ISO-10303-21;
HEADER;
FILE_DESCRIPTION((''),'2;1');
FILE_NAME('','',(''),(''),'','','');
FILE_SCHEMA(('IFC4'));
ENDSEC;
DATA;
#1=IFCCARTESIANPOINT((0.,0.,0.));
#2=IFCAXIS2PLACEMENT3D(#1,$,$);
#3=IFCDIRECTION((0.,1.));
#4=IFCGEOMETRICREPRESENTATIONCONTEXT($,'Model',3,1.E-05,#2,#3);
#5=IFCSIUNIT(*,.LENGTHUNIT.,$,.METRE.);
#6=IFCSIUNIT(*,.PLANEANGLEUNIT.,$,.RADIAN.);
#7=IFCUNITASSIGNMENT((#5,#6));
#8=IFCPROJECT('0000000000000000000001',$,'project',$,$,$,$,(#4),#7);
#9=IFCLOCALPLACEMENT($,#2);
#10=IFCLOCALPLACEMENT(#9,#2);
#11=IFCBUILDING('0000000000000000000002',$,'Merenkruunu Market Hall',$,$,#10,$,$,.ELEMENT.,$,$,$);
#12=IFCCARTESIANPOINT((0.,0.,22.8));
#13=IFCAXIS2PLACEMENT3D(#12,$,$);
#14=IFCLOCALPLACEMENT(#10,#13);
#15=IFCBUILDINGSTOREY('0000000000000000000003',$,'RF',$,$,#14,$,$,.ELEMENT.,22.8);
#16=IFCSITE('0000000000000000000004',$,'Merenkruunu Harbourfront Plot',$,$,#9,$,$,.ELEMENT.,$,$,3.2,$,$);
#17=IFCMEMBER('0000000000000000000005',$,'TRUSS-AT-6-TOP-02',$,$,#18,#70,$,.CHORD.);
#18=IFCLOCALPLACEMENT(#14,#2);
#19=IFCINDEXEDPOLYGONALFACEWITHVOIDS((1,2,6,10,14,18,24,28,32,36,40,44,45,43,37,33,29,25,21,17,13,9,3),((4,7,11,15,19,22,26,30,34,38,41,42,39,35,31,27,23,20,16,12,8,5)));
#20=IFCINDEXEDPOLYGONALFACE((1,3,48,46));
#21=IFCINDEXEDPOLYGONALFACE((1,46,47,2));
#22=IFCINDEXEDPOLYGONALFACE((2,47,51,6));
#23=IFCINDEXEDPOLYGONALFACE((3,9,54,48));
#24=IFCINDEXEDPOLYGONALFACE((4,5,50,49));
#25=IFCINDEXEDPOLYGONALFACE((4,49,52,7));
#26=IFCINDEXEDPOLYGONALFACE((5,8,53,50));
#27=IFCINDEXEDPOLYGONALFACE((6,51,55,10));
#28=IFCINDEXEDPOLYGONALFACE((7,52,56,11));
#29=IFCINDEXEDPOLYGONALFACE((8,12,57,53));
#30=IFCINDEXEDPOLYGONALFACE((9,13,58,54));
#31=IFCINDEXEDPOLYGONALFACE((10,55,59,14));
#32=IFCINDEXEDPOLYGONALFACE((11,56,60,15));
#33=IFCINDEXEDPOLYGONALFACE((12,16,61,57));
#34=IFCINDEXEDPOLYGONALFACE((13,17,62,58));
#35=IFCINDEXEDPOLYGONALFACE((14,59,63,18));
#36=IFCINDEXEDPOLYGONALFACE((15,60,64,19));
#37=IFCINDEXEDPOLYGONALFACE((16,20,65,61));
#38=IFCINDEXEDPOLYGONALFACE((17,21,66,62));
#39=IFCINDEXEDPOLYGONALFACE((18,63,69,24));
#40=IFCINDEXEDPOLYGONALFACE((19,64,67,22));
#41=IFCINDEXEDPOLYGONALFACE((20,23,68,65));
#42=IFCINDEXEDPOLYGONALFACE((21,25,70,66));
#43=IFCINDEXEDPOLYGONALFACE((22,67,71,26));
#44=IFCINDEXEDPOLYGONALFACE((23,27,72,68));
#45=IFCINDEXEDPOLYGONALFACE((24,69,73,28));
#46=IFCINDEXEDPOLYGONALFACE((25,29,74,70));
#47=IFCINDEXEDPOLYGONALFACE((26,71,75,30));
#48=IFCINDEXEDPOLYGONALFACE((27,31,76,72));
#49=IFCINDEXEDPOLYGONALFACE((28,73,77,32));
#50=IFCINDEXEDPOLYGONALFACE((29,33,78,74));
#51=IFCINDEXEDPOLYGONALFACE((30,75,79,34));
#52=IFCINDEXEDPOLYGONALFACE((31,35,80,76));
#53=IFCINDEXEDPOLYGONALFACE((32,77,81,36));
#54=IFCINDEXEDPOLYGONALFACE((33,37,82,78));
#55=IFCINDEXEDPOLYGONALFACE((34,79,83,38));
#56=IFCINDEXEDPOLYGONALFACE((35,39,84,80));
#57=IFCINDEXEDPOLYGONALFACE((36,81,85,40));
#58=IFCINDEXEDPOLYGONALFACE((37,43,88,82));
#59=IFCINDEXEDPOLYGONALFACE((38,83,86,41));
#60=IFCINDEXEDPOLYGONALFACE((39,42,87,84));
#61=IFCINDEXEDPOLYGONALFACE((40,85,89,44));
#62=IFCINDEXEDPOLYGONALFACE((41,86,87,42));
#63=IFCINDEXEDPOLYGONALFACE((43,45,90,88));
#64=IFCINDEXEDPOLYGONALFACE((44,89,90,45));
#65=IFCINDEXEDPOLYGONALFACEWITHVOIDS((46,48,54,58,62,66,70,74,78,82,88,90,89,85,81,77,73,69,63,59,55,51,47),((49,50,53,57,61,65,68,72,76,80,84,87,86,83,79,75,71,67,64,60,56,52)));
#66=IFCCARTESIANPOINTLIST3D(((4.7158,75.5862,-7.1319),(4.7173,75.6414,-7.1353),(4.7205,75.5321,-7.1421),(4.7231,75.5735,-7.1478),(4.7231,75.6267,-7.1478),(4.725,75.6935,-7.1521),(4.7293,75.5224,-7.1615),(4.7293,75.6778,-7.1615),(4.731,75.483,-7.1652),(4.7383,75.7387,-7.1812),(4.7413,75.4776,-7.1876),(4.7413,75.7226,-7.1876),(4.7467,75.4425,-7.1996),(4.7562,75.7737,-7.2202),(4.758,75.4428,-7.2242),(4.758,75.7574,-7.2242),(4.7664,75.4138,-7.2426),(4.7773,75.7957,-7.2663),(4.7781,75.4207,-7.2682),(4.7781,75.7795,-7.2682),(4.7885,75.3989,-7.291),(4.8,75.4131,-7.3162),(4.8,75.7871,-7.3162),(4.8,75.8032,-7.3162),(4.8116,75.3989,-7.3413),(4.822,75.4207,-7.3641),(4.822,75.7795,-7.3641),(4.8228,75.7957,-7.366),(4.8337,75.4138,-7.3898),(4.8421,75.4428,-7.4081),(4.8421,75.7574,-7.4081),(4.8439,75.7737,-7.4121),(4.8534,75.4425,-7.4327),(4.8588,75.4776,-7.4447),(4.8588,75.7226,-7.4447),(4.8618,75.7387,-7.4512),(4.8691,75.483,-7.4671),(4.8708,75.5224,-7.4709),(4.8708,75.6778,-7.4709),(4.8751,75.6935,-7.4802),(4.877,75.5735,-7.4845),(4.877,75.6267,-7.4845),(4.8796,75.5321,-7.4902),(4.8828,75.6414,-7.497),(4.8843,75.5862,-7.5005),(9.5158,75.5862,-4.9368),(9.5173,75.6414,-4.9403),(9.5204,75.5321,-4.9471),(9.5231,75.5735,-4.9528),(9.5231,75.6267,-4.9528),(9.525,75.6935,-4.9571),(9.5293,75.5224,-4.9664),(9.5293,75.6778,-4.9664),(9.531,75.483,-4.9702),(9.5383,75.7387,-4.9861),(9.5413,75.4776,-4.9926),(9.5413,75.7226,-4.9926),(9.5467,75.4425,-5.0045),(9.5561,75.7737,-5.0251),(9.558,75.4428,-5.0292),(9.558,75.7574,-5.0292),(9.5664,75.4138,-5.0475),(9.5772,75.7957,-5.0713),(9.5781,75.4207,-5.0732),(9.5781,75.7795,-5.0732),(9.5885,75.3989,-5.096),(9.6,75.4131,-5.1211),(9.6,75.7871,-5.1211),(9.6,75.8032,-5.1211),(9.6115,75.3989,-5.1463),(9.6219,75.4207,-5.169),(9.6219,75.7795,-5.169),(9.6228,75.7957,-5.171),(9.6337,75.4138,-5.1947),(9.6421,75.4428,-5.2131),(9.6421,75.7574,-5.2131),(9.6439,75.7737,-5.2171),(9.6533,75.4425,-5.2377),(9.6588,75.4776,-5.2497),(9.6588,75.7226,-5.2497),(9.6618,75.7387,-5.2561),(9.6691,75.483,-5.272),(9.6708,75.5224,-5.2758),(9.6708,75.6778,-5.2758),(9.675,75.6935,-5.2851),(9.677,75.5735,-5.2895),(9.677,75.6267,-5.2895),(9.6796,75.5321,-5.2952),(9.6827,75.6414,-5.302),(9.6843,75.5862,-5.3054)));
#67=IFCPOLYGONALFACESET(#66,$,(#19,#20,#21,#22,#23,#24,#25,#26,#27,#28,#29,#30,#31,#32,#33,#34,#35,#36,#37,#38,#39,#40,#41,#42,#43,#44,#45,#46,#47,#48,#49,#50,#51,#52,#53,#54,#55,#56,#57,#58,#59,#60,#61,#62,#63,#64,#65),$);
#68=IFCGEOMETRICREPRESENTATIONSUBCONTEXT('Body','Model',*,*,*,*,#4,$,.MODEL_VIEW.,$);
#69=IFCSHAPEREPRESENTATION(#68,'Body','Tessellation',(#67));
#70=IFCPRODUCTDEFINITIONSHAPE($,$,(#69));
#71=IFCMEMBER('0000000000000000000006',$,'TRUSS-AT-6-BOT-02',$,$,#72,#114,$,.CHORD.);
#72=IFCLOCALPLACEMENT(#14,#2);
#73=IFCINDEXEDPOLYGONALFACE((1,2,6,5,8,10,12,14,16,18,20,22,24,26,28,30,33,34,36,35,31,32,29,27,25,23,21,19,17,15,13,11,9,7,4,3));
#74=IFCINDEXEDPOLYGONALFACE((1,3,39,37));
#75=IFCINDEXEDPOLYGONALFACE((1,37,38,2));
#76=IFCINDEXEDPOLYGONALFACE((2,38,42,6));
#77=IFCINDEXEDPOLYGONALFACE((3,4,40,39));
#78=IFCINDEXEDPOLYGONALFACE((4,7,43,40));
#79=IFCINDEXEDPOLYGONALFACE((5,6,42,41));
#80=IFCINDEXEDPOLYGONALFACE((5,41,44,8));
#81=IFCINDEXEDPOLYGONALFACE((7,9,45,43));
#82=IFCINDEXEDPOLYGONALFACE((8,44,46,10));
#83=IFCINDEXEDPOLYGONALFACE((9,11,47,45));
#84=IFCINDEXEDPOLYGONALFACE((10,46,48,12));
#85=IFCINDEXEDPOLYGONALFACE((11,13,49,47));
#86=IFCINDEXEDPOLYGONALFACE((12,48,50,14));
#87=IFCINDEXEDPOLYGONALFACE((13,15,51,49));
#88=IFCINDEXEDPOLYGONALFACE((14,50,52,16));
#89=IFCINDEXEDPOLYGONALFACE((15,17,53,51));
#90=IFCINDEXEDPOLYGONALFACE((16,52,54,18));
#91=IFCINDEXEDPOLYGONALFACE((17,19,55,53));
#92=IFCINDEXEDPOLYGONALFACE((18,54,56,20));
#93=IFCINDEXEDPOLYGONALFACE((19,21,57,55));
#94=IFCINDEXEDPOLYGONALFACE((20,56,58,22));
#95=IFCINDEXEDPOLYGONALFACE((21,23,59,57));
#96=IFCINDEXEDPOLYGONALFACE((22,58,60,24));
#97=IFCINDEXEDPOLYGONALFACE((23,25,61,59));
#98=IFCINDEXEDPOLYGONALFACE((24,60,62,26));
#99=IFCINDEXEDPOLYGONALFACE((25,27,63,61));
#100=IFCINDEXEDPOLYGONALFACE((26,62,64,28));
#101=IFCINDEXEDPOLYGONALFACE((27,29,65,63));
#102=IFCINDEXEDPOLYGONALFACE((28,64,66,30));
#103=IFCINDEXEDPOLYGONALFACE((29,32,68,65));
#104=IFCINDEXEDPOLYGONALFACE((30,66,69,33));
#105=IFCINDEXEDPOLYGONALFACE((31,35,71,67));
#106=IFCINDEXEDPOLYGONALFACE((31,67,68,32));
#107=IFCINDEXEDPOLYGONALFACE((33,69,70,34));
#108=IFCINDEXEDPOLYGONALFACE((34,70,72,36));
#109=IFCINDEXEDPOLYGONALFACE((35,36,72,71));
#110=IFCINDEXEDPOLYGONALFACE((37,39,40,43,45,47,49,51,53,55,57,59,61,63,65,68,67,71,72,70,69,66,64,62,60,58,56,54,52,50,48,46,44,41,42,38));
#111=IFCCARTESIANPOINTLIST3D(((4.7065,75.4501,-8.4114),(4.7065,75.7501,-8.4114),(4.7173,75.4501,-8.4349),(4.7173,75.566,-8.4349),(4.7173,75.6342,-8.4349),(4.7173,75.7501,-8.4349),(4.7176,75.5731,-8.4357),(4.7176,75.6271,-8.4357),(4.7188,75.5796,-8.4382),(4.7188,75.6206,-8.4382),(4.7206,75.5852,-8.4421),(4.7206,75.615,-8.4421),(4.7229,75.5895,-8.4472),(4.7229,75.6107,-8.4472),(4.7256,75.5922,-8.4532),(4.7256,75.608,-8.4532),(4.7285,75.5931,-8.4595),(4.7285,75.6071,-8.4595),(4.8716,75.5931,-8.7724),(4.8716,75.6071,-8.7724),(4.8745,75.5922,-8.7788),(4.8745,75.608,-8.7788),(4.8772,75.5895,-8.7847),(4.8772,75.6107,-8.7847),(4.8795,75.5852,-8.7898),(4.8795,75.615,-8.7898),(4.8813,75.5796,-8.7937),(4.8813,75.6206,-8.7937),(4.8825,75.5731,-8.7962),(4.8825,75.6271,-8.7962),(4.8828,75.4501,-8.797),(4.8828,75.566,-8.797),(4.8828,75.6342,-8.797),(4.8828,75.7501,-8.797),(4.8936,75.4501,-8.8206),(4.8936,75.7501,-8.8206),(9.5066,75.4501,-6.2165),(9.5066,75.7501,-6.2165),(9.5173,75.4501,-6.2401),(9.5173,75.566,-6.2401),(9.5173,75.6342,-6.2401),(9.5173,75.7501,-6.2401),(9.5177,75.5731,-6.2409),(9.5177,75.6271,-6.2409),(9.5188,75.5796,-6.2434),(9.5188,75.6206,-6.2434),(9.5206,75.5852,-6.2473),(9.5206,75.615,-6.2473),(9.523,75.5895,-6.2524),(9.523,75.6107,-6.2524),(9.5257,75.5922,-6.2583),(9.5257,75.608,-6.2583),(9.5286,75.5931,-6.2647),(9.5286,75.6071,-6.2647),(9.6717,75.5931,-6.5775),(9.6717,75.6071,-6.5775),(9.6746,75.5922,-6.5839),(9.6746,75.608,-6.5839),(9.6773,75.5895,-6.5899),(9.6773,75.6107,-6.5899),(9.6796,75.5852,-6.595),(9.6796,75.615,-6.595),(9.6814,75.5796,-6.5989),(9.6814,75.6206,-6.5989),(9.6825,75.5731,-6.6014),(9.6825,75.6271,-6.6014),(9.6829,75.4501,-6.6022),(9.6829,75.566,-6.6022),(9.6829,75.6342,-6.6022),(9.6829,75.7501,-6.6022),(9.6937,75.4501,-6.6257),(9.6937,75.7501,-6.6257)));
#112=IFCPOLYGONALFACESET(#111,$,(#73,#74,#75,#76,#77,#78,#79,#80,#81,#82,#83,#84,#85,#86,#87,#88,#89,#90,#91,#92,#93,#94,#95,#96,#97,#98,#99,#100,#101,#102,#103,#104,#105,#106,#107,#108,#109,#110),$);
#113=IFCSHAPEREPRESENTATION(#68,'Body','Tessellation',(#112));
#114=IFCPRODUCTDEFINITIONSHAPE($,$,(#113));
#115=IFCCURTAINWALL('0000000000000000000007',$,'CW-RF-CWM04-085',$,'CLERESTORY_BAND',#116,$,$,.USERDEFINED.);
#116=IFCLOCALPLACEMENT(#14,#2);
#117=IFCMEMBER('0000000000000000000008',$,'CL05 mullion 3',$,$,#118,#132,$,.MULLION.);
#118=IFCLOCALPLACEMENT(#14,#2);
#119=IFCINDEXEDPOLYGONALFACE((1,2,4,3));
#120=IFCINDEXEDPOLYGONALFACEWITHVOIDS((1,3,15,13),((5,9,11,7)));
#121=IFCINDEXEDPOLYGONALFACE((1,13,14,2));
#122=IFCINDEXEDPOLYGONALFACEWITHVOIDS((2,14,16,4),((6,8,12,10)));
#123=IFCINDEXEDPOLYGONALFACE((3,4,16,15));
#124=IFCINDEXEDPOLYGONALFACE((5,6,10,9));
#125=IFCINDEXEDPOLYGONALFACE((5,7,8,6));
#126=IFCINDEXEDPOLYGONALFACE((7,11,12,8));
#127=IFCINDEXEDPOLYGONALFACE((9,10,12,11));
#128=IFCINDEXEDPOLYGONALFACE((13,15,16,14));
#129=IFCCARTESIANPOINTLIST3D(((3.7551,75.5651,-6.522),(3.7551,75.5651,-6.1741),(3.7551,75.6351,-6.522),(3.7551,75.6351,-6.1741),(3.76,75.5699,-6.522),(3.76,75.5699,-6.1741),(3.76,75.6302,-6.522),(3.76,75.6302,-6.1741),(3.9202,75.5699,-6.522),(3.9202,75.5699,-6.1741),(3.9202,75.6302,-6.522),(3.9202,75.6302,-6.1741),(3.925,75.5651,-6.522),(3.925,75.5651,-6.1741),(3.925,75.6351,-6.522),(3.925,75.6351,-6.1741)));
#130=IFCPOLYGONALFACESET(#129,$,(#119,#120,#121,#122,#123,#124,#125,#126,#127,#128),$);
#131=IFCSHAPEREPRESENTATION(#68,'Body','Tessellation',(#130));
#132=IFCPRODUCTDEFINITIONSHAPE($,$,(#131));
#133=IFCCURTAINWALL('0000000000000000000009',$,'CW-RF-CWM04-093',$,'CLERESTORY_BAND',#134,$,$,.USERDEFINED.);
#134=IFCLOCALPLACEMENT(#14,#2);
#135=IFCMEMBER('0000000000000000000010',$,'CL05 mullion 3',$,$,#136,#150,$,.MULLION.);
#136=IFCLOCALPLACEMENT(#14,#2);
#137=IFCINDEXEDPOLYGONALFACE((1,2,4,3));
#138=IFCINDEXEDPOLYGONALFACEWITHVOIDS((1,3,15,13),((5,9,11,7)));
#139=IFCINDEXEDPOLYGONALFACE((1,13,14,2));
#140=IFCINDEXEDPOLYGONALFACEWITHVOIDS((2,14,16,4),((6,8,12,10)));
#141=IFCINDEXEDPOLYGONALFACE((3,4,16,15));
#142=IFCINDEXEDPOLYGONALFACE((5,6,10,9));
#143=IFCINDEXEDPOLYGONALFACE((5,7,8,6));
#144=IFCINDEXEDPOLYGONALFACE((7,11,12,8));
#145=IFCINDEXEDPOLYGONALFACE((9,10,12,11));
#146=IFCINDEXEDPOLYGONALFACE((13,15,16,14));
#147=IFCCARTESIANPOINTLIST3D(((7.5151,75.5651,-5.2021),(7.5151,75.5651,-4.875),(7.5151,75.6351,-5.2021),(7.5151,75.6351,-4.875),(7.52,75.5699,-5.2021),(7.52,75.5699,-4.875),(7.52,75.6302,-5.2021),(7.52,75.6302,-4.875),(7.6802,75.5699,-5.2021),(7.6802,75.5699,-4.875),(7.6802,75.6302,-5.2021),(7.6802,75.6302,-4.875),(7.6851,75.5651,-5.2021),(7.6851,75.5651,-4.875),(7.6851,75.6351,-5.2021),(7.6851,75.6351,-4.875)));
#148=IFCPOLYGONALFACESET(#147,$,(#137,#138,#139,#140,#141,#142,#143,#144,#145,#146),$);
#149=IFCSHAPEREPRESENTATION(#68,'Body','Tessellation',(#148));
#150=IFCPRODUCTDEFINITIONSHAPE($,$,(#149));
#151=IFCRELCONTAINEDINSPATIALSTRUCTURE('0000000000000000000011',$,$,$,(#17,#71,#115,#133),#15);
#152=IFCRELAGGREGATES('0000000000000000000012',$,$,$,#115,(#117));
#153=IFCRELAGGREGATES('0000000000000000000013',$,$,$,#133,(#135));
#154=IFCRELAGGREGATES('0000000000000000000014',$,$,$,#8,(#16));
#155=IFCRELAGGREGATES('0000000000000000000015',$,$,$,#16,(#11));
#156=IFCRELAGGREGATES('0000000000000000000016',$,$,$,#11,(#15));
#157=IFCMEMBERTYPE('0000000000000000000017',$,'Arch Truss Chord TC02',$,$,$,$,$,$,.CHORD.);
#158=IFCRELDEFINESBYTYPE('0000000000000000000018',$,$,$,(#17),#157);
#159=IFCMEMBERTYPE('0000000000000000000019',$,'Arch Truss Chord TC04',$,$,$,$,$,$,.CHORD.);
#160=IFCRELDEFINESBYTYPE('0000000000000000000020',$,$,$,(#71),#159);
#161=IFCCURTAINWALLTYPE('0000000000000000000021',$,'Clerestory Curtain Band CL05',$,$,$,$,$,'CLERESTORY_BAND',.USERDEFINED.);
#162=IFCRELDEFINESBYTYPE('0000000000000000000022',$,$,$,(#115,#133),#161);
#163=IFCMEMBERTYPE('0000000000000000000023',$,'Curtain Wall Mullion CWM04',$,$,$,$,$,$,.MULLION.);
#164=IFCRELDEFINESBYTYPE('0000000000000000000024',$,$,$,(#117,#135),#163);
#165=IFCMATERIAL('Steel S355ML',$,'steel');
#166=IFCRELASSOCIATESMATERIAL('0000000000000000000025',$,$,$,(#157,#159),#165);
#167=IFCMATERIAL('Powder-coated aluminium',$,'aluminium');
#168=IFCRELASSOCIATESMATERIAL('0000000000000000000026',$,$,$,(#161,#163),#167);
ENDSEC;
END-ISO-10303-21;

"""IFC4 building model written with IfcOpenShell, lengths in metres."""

from ifc_helpers import new_model, si_unit, direction, frame, origin, origin_2d, place, context, subcontext, project, spatial, hollow_rectangle, hollow_circle, i_section, extrude, material, material_profile, profile_set, type_object, element, aggregate, save


model = new_model("IFC4")

# Units and contexts
model_context = context("Model", 3, precision=1e-05, world=origin(), true_north=direction((0.0, 1.0)))
body_context = subcontext(model_context, "Body", "Model", "MODEL_VIEW")
ifc_project = project(units=[si_unit("LENGTHUNIT", "METRE"), si_unit("PLANEANGLEUNIT", "RADIAN")], contexts=[model_context])

# Site, building, storey
site_placement = place(None, origin())
site = spatial("IfcSite", under=ifc_project, at=site_placement, Name="Merenkruunu Harbourfront Plot", CompositionType="ELEMENT", RefElevation=3.2)
building_placement = place(site_placement, origin())
building = spatial("IfcBuilding", under=site, at=building_placement, Name="Merenkruunu Market Hall", CompositionType="ELEMENT")
storey_placement = place(building_placement, frame((0.0, 0.0, 22.8)))
storey = spatial("IfcBuildingStorey", under=building, at=storey_placement, Name="RF", CompositionType="ELEMENT", Elevation=22.8)

# Members
ifc_material_1 = material(Name="Steel S355ML", Category="steel")
ifc_material_profile_1 = material_profile(ifc_material_1, hollow_circle(Radius=0.2031, WallThickness=0.0161, at=origin_2d()), Name="CHS 406.4x16")
ifc_profile_set_1 = profile_set([ifc_material_profile_1], Name="Steel S355ML")
member_type_1 = type_object("IfcMemberType", Name="Arch Truss Chord TC02", PredefinedType="CHORD", material=ifc_profile_set_1)
member_1_placement = place(storey_placement, frame((4.8, 75.6001, -7.3162), z_axis=(0.90942, 0.0, 0.415879), x_axis=(0.0, 1.0, 0.0)))
element("IfcMember", 1, at=member_1_placement, inside=storey, type_object=member_type_1, Name="TRUSS-AT-6-TOP-02", PredefinedType="CHORD", context=body_context, shape_type="SweptSolid", body=[
    extrude(hollow_circle(Radius=0.2031, WallThickness=0.0161, at=origin_2d()), origin(), (0.0, 0.0, 1.0), 5.2781),
])
ifc_material_profile_2 = material_profile(ifc_material_1, i_section(OverallWidth=0.3, OverallDepth=0.45, WebThickness=0.0139, FlangeThickness=0.0259, FilletRadius=0.0271, at=origin_2d()), Name="HEB 450")
ifc_profile_set_2 = profile_set([ifc_material_profile_2], Name="Steel S355ML")
member_type_2 = type_object("IfcMemberType", Name="Arch Truss Chord TC04", PredefinedType="CHORD", material=ifc_profile_set_2)
member_2_placement = place(storey_placement, frame((4.8, 75.6001, -8.616), z_axis=(0.909437, 0.0, 0.415841), x_axis=(0.0, 1.0, 0.0)))
element("IfcMember", 2, at=member_2_placement, inside=storey, type_object=member_type_2, Name="TRUSS-AT-6-BOT-02", PredefinedType="CHORD", context=body_context, shape_type="SweptSolid", body=[
    extrude(i_section(OverallWidth=0.3, OverallDepth=0.45, WebThickness=0.0139, FlangeThickness=0.0259, FilletRadius=0.0271, at=origin_2d()), origin(), (0.0, 0.0, 1.0), 5.2781),
])

# Curtain walls, members
ifc_material_2 = material(Name="Powder-coated aluminium", Category="aluminium")
curtain_wall_type = type_object("IfcCurtainWallType", Name="Clerestory Curtain Band CL05", ElementType="CLERESTORY_BAND", PredefinedType="USERDEFINED", material=ifc_material_2)
curtain_wall_1_placement = place(storey_placement, origin())
curtain_wall_1 = element("IfcCurtainWall", 3, at=curtain_wall_1_placement, inside=storey, type_object=curtain_wall_type, Name="CW-RF-CWM04-085", ObjectType="CLERESTORY_BAND", PredefinedType="USERDEFINED")
ifc_material_profile_3 = material_profile(ifc_material_2, hollow_rectangle(XDim=0.0701, YDim=0.1699, WallThickness=0.0049, at=origin_2d()), Name="ALU 70x170x5")
ifc_profile_set_3 = profile_set([ifc_material_profile_3], Name="Powder-coated aluminium")
member_type_3 = type_object("IfcMemberType", Name="Curtain Wall Mullion CWM04", PredefinedType="MULLION", material=ifc_profile_set_3)
member_3_placement = place(storey_placement, frame((3.8401, 75.6001, -6.522), z_axis=(0.0, 0.0, 1.0), x_axis=(0.0, 1.0, 0.0)))
member_3 = element("IfcMember", 4, at=member_3_placement, type_object=member_type_3, Name="CL05 mullion 3", PredefinedType="MULLION", context=body_context, shape_type="SweptSolid", body=[
    extrude(hollow_rectangle(XDim=0.0701, YDim=0.1699, WallThickness=0.0049, at=origin_2d()), origin(), (0.0, 0.0, 1.0), 0.3479),
])
aggregate(curtain_wall_1, [member_3])
curtain_wall_2_placement = place(storey_placement, origin())
curtain_wall_2 = element("IfcCurtainWall", 5, at=curtain_wall_2_placement, inside=storey, type_object=curtain_wall_type, Name="CW-RF-CWM04-093", ObjectType="CLERESTORY_BAND", PredefinedType="USERDEFINED")
member_4_placement = place(storey_placement, frame((7.6001, 75.6001, -5.2021), z_axis=(0.0, 0.0, 1.0), x_axis=(0.0, 1.0, 0.0)))
member_4 = element("IfcMember", 6, at=member_4_placement, type_object=member_type_3, Name="CL05 mullion 3", PredefinedType="MULLION", context=body_context, shape_type="SweptSolid", body=[
    extrude(hollow_rectangle(XDim=0.0701, YDim=0.1699, WallThickness=0.0049, at=origin_2d()), origin(), (0.0, 0.0, 1.0), 0.3271),
])
aggregate(curtain_wall_2, [member_4])

save(model, "model.ifc")
